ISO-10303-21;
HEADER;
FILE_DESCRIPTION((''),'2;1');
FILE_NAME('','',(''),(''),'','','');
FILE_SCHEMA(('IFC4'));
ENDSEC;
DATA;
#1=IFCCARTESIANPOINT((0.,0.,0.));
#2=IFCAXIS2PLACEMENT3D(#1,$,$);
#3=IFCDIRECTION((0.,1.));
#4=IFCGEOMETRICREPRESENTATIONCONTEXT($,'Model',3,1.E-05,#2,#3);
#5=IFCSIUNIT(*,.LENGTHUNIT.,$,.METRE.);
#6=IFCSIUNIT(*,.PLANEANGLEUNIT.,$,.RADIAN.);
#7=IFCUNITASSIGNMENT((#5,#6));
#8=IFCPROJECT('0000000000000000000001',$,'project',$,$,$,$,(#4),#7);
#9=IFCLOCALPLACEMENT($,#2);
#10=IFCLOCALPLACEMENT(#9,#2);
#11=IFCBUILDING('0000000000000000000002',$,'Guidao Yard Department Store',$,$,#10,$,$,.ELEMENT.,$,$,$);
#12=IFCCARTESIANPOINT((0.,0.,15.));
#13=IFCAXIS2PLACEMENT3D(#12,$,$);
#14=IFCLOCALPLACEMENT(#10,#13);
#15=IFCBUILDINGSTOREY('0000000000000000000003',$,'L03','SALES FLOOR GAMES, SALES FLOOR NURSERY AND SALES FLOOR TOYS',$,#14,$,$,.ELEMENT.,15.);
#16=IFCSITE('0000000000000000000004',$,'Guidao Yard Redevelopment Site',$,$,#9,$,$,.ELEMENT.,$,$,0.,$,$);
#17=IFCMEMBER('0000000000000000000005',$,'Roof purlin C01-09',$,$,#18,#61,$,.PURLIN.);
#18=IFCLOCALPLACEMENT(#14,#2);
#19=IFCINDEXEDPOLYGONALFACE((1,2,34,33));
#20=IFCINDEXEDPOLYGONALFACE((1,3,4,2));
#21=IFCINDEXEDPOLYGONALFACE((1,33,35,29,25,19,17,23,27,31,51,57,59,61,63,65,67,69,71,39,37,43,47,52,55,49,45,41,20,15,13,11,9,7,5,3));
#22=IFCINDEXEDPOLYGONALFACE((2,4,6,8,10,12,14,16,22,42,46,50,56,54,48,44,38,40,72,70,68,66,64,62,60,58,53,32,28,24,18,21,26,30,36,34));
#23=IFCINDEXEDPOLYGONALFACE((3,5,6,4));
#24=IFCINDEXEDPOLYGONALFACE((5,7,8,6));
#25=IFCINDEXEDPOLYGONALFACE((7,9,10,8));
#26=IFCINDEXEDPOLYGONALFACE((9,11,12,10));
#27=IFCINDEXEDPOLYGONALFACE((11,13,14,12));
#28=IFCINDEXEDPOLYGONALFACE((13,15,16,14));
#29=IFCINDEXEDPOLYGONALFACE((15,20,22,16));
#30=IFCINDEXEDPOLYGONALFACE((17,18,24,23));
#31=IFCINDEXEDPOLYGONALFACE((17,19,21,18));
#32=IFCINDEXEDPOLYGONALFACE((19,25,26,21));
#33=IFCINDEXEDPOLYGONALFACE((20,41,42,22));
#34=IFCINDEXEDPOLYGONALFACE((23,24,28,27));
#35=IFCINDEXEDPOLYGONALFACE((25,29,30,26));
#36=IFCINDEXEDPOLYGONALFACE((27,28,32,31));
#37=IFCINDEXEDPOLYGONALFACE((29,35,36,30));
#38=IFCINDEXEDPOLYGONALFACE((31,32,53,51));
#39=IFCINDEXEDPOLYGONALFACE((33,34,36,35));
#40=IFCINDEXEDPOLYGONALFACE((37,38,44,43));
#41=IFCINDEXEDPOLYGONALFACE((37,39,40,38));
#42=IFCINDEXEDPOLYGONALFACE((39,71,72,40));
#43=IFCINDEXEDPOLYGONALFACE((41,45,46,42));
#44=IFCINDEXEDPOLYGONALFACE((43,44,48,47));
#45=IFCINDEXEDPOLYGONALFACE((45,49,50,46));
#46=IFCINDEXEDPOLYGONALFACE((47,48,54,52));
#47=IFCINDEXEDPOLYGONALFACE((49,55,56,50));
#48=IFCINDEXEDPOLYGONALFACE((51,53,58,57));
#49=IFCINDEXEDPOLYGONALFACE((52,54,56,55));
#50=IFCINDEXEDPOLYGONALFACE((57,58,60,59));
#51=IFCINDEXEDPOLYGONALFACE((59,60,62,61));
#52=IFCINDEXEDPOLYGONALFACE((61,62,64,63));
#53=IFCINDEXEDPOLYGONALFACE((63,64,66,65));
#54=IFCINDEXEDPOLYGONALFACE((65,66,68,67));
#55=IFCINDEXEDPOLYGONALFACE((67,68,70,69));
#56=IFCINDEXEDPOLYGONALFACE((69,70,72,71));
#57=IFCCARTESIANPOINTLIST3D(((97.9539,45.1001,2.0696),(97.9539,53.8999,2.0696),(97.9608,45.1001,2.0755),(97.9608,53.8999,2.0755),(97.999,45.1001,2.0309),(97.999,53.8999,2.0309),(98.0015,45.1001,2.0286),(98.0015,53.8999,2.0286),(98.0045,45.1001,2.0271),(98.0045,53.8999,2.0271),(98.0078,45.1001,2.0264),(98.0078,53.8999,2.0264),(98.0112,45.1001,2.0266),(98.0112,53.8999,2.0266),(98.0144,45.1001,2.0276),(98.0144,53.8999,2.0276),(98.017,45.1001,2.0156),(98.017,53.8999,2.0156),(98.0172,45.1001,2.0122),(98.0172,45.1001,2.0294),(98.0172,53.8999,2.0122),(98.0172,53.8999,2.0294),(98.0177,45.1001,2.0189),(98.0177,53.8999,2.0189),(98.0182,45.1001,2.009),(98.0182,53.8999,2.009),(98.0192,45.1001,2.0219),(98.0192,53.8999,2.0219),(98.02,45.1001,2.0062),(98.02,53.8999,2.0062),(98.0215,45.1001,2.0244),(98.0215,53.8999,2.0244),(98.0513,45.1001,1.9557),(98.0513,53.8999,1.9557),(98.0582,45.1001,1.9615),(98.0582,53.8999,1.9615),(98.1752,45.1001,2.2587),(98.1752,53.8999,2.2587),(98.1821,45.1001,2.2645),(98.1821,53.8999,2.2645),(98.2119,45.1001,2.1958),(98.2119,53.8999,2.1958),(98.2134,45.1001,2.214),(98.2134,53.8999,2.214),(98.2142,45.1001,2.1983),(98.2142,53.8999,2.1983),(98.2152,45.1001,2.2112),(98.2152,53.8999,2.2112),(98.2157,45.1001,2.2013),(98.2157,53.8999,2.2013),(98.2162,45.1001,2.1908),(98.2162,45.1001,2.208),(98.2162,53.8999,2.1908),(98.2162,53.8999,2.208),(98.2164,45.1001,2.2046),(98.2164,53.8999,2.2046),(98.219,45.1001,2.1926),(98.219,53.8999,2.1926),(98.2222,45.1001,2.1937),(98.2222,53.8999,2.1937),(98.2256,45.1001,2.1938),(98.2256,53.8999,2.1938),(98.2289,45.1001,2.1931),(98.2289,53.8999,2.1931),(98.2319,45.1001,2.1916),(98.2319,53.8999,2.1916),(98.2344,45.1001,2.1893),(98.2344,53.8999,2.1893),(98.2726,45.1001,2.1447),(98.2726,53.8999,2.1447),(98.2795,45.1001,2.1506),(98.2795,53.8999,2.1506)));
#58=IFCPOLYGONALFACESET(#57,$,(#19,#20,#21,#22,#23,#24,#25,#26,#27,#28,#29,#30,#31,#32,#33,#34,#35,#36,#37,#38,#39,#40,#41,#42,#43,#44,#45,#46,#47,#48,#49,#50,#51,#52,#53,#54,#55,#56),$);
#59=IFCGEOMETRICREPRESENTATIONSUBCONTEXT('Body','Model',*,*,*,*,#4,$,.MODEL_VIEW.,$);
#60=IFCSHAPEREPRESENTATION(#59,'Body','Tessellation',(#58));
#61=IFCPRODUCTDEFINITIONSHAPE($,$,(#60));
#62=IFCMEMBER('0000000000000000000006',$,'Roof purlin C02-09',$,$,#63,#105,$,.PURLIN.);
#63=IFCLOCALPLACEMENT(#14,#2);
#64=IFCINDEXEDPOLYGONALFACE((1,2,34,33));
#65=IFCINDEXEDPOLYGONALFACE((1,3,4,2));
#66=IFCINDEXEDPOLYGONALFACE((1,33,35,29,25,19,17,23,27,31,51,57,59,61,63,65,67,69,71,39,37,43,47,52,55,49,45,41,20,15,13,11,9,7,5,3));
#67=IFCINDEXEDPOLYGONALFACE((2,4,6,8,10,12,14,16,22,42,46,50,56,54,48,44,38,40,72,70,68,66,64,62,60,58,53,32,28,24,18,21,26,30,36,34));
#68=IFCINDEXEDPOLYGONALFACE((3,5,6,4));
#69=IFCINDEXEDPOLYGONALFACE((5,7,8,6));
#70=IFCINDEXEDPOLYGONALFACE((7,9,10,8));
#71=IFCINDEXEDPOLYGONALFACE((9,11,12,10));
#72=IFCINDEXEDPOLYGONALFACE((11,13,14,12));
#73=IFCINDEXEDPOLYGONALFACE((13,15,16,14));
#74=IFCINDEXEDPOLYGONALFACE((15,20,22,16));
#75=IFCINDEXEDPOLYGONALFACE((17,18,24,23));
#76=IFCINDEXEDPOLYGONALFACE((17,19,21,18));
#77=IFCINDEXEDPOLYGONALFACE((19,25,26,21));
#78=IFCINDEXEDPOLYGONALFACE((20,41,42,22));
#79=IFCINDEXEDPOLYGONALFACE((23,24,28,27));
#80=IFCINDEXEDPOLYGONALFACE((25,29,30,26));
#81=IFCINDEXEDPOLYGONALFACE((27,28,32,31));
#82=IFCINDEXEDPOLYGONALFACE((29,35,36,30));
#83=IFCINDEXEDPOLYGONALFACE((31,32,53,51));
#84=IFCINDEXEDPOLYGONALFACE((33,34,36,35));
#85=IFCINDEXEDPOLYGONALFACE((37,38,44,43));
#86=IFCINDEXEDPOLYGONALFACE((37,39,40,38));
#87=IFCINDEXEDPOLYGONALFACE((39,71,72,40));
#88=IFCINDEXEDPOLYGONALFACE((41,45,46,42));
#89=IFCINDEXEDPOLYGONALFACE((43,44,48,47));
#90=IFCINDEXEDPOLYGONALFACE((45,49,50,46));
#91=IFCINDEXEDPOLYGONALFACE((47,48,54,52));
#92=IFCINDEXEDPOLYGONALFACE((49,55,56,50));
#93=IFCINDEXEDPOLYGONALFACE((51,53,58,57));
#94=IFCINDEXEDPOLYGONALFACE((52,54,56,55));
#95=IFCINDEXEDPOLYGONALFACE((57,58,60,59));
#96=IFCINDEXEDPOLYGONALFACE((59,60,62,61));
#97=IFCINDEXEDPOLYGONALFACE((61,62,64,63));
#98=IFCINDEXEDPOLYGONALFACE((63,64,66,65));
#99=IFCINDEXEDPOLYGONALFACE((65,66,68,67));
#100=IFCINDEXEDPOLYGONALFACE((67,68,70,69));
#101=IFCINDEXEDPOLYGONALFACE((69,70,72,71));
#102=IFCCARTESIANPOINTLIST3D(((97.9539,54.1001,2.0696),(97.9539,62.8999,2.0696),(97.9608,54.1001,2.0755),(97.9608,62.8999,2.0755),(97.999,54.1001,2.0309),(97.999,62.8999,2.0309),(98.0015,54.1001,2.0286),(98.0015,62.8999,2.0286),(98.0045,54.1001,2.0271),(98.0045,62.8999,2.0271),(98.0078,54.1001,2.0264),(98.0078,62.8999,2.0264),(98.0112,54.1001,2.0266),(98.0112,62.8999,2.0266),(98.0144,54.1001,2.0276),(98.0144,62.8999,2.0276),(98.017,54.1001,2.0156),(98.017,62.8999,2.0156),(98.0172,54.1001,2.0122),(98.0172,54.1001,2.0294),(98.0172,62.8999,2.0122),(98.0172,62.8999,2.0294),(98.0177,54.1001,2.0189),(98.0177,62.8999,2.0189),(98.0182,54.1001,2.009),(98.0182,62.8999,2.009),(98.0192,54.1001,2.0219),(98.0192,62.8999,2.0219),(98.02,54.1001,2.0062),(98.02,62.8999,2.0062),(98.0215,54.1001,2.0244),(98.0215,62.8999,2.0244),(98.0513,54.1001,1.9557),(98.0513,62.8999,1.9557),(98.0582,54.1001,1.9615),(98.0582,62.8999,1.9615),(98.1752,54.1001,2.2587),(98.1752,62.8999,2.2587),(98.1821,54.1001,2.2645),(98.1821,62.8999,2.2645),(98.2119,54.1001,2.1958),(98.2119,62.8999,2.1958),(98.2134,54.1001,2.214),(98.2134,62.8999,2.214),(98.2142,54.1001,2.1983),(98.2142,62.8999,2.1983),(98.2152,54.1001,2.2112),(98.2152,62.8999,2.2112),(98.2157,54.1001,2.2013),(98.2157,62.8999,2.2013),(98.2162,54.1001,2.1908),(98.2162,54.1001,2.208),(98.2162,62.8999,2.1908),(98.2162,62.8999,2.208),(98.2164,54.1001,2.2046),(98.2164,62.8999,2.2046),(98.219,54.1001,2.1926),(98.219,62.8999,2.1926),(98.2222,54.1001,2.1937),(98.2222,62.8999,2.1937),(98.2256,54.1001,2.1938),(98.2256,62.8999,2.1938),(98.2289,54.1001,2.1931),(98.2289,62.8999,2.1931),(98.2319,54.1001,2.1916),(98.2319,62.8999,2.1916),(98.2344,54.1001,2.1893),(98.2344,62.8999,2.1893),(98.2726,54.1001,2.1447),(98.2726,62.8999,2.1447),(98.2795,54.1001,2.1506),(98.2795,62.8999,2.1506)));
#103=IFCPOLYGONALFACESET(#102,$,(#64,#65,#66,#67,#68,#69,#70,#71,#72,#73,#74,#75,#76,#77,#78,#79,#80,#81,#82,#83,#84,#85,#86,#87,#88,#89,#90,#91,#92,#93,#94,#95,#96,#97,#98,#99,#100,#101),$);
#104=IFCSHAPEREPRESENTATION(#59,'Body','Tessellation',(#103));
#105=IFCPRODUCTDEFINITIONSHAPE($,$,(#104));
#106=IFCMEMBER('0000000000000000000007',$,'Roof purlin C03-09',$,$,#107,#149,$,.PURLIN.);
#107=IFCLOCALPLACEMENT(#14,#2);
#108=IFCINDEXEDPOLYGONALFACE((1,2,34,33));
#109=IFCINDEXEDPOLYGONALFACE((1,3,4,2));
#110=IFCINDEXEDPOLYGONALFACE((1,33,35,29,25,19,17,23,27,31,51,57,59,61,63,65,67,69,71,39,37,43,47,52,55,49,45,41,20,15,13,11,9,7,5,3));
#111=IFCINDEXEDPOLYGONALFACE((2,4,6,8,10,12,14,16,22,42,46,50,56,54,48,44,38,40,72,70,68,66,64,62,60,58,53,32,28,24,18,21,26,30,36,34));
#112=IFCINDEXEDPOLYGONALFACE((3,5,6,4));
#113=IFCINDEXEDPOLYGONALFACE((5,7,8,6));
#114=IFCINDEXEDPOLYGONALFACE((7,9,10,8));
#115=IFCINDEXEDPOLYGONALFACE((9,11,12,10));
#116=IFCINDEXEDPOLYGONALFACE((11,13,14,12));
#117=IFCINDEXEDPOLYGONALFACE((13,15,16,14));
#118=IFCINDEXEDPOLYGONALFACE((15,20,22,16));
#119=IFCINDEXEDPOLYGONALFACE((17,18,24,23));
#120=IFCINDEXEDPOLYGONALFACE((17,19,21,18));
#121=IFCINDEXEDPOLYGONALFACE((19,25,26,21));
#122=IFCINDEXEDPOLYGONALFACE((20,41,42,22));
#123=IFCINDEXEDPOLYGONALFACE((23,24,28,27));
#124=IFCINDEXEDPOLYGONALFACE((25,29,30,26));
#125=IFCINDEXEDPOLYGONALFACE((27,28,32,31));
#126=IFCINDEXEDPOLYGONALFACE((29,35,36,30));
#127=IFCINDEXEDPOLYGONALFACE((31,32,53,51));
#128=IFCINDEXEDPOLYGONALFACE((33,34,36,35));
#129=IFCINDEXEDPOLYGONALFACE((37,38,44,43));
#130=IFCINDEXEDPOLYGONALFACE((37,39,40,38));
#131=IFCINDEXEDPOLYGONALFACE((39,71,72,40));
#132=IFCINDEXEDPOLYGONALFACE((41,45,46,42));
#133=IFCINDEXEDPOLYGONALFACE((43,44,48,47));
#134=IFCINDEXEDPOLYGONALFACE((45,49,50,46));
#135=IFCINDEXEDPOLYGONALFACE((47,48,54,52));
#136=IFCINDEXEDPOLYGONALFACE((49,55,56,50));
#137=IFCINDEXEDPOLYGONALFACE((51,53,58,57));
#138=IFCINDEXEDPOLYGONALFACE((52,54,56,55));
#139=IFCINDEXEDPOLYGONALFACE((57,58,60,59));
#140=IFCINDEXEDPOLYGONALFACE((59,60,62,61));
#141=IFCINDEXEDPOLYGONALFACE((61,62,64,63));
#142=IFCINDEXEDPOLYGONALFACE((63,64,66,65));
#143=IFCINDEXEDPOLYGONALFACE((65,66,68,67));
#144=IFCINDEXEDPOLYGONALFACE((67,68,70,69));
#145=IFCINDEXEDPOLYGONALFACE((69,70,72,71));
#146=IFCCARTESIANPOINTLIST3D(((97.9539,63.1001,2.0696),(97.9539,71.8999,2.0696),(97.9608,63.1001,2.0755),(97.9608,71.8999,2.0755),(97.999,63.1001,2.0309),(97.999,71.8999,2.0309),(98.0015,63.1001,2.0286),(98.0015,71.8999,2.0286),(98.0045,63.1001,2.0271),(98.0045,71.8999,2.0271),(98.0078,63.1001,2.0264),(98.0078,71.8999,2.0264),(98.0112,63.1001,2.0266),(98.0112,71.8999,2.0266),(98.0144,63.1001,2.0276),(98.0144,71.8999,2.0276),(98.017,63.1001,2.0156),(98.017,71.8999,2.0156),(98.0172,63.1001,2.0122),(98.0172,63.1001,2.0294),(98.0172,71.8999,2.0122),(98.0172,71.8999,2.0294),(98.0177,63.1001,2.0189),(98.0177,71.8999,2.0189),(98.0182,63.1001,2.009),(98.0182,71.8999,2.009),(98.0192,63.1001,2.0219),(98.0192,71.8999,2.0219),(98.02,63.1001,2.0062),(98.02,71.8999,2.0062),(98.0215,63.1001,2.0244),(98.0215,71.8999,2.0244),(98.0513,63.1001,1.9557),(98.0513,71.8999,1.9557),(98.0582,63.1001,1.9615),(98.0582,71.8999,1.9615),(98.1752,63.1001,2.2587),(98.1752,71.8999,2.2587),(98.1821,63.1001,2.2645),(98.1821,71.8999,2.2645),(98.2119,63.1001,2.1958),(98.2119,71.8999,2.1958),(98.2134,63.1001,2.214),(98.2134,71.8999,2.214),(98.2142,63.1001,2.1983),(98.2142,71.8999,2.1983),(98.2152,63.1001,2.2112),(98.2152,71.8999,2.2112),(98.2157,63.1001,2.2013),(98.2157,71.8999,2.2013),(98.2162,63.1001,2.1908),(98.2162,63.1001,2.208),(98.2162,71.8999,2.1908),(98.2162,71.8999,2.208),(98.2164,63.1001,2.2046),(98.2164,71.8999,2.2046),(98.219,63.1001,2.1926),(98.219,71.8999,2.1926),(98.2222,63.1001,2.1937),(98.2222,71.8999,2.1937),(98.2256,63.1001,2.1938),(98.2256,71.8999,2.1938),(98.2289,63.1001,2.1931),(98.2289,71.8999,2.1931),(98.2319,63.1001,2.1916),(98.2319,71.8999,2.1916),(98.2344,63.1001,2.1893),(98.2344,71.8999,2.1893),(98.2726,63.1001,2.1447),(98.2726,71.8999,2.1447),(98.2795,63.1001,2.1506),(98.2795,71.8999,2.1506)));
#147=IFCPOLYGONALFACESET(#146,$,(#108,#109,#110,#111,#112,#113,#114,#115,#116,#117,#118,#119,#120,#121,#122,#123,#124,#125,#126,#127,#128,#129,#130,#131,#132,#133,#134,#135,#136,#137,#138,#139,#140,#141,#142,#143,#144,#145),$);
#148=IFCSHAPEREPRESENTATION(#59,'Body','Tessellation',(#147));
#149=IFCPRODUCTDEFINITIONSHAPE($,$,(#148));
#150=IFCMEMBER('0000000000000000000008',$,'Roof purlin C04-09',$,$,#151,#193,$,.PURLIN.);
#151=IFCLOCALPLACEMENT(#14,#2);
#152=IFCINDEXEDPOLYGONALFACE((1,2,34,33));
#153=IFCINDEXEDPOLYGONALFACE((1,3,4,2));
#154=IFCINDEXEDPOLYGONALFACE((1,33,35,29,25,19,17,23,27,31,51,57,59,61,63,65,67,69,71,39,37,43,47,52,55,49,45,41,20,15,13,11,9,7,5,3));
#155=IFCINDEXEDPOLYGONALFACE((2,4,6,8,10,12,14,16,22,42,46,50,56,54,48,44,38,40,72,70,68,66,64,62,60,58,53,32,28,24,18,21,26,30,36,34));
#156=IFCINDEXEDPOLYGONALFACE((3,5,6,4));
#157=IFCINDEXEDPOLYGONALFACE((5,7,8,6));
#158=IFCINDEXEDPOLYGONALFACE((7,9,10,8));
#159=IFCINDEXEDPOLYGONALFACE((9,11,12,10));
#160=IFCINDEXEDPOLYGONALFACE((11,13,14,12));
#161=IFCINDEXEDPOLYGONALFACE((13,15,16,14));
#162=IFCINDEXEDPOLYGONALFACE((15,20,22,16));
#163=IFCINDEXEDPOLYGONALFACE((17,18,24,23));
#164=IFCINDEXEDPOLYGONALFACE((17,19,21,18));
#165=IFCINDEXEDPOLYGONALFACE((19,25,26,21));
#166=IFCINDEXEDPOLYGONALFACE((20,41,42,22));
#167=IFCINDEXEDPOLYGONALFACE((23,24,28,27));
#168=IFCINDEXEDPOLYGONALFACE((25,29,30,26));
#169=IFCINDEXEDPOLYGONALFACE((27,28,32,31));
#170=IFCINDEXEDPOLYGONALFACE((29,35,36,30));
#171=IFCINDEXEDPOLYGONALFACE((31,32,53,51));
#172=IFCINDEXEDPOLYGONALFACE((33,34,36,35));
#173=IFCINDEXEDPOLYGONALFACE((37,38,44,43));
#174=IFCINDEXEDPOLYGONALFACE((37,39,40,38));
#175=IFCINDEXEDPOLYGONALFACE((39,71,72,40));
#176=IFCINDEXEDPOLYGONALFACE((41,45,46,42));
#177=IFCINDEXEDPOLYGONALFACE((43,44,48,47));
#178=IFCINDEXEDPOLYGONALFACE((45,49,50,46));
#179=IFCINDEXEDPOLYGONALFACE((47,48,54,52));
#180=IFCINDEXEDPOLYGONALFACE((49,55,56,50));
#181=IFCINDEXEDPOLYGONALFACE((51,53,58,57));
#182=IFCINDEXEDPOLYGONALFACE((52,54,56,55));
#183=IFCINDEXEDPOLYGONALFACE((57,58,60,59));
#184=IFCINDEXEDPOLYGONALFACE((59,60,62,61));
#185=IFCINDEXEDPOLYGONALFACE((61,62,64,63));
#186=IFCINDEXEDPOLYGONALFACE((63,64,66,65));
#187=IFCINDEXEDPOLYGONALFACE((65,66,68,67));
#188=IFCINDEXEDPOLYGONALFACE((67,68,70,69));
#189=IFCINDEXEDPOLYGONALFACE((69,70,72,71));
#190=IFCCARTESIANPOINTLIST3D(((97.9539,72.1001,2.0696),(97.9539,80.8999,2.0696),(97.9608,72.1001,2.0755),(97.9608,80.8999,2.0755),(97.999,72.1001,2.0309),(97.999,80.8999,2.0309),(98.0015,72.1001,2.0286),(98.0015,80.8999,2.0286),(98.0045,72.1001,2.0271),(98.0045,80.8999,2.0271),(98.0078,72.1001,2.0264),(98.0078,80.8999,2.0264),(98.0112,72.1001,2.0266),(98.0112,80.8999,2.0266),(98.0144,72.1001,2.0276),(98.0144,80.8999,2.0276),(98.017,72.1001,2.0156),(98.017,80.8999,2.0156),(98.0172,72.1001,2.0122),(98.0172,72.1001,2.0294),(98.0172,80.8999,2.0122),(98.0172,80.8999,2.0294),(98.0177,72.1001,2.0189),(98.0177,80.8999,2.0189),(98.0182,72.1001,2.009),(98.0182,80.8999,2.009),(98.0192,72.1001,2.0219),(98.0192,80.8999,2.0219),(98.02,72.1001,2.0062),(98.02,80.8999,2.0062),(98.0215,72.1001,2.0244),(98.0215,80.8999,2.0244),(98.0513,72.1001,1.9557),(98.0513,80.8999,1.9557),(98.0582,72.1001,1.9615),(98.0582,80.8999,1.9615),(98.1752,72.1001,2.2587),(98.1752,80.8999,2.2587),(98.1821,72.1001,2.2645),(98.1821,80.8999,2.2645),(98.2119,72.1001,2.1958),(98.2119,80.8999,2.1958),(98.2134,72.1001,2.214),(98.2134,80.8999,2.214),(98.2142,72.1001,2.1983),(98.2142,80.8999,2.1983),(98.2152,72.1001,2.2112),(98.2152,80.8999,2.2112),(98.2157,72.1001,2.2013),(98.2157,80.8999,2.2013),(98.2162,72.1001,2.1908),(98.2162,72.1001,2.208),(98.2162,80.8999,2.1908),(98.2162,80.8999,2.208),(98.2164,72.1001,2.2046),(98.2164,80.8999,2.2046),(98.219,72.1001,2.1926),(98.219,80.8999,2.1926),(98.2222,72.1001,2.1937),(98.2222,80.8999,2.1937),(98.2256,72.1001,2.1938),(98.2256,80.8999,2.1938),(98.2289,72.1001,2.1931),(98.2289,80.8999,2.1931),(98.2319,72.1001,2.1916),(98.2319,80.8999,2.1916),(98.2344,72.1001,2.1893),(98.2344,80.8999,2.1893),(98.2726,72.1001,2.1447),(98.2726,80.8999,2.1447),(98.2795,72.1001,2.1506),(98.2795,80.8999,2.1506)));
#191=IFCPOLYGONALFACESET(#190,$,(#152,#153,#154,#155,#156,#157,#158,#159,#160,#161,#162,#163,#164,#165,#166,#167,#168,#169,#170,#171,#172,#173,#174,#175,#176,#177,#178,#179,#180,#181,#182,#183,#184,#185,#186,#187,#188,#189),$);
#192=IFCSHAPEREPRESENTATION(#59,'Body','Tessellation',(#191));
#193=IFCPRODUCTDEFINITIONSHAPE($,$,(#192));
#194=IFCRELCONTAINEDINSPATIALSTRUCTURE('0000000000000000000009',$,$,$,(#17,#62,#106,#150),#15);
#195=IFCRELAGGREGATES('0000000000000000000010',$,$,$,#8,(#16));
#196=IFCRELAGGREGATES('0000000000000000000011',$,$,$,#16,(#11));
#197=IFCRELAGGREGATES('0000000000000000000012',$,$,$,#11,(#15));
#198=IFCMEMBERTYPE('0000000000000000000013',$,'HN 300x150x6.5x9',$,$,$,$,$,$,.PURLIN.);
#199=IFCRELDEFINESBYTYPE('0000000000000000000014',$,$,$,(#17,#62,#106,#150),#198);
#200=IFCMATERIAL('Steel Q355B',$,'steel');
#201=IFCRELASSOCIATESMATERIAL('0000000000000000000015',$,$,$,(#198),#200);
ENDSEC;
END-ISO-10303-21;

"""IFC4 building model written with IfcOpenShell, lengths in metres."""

from ifc_helpers import new_model, si_unit, direction, frame, origin, origin_2d, place, context, subcontext, project, spatial, i_section, extrude, material, material_profile, profile_set, type_object, element, save


model = new_model("IFC4")

# Units and contexts
model_context = context("Model", 3, precision=1e-05, world=origin(), true_north=direction((0.0, 1.0)))
body_context = subcontext(model_context, "Body", "Model", "MODEL_VIEW")
ifc_project = project(units=[si_unit("LENGTHUNIT", "METRE"), si_unit("PLANEANGLEUNIT", "RADIAN")], contexts=[model_context])

# Site, building, storey
site_placement = place(None, origin())
site = spatial("IfcSite", under=ifc_project, at=site_placement, Name="Guidao Yard Redevelopment Site", CompositionType="ELEMENT", RefElevation=0.0)
building_placement = place(site_placement, origin())
building = spatial("IfcBuilding", under=site, at=building_placement, Name="Guidao Yard Department Store", CompositionType="ELEMENT")
storey_placement = place(building_placement, frame((0.0, 0.0, 15.0)))
storey = spatial("IfcBuildingStorey", under=building, at=storey_placement, Name="L03", Description="SALES FLOOR GAMES, SALES FLOOR NURSERY AND SALES FLOOR TOYS", CompositionType="ELEMENT", Elevation=15.0)

# Members
ifc_material_1 = material(Name="Steel Q355B", Category="steel")
ifc_material_profile_1 = material_profile(ifc_material_1, i_section(OverallWidth=0.1499, OverallDepth=0.3, WebThickness=0.0066, FlangeThickness=0.009, FilletRadius=0.0129, at=origin_2d()), Name="HN 300x150x6.5x9")
ifc_profile_set_1 = profile_set([ifc_material_profile_1], Name="Steel Q355B")
member_type = type_object("IfcMemberType", Name="HN 300x150x6.5x9", PredefinedType="PURLIN", material=ifc_profile_set_1)
for number, where, z_axis, x_axis, name in (
    (1, (98.1167, 45.1001, 2.1101), (0.0, 1.0, 0.0), (-0.649537, 0.0, 0.76033), "Roof purlin C01-09"),
    (2, (98.1167, 54.1001, 2.1101), (0.0, 1.0, 0.0), (-0.649537, 0.0, 0.76033), "Roof purlin C02-09"),
    (3, (98.1167, 63.1001, 2.1101), (0.0, 1.0, 0.0), (-0.649537, 0.0, 0.76033), "Roof purlin C03-09"),
    (4, (98.1167, 72.1001, 2.1101), (0.0, 1.0, 0.0), (-0.649537, 0.0, 0.76033), "Roof purlin C04-09"),
):
    element("IfcMember", number, at=place(storey_placement, frame(where, z_axis=z_axis, x_axis=x_axis)), inside=storey, type_object=member_type, Name=name, PredefinedType="PURLIN", context=body_context, shape_type="SweptSolid", body=[
        extrude(i_section(OverallWidth=0.1499, OverallDepth=0.3, WebThickness=0.0066, FlangeThickness=0.009, FilletRadius=0.0129, at=origin_2d()), origin(), (0.0, 0.0, 1.0), 8.7998),
    ])

save(model, "model.ifc")
